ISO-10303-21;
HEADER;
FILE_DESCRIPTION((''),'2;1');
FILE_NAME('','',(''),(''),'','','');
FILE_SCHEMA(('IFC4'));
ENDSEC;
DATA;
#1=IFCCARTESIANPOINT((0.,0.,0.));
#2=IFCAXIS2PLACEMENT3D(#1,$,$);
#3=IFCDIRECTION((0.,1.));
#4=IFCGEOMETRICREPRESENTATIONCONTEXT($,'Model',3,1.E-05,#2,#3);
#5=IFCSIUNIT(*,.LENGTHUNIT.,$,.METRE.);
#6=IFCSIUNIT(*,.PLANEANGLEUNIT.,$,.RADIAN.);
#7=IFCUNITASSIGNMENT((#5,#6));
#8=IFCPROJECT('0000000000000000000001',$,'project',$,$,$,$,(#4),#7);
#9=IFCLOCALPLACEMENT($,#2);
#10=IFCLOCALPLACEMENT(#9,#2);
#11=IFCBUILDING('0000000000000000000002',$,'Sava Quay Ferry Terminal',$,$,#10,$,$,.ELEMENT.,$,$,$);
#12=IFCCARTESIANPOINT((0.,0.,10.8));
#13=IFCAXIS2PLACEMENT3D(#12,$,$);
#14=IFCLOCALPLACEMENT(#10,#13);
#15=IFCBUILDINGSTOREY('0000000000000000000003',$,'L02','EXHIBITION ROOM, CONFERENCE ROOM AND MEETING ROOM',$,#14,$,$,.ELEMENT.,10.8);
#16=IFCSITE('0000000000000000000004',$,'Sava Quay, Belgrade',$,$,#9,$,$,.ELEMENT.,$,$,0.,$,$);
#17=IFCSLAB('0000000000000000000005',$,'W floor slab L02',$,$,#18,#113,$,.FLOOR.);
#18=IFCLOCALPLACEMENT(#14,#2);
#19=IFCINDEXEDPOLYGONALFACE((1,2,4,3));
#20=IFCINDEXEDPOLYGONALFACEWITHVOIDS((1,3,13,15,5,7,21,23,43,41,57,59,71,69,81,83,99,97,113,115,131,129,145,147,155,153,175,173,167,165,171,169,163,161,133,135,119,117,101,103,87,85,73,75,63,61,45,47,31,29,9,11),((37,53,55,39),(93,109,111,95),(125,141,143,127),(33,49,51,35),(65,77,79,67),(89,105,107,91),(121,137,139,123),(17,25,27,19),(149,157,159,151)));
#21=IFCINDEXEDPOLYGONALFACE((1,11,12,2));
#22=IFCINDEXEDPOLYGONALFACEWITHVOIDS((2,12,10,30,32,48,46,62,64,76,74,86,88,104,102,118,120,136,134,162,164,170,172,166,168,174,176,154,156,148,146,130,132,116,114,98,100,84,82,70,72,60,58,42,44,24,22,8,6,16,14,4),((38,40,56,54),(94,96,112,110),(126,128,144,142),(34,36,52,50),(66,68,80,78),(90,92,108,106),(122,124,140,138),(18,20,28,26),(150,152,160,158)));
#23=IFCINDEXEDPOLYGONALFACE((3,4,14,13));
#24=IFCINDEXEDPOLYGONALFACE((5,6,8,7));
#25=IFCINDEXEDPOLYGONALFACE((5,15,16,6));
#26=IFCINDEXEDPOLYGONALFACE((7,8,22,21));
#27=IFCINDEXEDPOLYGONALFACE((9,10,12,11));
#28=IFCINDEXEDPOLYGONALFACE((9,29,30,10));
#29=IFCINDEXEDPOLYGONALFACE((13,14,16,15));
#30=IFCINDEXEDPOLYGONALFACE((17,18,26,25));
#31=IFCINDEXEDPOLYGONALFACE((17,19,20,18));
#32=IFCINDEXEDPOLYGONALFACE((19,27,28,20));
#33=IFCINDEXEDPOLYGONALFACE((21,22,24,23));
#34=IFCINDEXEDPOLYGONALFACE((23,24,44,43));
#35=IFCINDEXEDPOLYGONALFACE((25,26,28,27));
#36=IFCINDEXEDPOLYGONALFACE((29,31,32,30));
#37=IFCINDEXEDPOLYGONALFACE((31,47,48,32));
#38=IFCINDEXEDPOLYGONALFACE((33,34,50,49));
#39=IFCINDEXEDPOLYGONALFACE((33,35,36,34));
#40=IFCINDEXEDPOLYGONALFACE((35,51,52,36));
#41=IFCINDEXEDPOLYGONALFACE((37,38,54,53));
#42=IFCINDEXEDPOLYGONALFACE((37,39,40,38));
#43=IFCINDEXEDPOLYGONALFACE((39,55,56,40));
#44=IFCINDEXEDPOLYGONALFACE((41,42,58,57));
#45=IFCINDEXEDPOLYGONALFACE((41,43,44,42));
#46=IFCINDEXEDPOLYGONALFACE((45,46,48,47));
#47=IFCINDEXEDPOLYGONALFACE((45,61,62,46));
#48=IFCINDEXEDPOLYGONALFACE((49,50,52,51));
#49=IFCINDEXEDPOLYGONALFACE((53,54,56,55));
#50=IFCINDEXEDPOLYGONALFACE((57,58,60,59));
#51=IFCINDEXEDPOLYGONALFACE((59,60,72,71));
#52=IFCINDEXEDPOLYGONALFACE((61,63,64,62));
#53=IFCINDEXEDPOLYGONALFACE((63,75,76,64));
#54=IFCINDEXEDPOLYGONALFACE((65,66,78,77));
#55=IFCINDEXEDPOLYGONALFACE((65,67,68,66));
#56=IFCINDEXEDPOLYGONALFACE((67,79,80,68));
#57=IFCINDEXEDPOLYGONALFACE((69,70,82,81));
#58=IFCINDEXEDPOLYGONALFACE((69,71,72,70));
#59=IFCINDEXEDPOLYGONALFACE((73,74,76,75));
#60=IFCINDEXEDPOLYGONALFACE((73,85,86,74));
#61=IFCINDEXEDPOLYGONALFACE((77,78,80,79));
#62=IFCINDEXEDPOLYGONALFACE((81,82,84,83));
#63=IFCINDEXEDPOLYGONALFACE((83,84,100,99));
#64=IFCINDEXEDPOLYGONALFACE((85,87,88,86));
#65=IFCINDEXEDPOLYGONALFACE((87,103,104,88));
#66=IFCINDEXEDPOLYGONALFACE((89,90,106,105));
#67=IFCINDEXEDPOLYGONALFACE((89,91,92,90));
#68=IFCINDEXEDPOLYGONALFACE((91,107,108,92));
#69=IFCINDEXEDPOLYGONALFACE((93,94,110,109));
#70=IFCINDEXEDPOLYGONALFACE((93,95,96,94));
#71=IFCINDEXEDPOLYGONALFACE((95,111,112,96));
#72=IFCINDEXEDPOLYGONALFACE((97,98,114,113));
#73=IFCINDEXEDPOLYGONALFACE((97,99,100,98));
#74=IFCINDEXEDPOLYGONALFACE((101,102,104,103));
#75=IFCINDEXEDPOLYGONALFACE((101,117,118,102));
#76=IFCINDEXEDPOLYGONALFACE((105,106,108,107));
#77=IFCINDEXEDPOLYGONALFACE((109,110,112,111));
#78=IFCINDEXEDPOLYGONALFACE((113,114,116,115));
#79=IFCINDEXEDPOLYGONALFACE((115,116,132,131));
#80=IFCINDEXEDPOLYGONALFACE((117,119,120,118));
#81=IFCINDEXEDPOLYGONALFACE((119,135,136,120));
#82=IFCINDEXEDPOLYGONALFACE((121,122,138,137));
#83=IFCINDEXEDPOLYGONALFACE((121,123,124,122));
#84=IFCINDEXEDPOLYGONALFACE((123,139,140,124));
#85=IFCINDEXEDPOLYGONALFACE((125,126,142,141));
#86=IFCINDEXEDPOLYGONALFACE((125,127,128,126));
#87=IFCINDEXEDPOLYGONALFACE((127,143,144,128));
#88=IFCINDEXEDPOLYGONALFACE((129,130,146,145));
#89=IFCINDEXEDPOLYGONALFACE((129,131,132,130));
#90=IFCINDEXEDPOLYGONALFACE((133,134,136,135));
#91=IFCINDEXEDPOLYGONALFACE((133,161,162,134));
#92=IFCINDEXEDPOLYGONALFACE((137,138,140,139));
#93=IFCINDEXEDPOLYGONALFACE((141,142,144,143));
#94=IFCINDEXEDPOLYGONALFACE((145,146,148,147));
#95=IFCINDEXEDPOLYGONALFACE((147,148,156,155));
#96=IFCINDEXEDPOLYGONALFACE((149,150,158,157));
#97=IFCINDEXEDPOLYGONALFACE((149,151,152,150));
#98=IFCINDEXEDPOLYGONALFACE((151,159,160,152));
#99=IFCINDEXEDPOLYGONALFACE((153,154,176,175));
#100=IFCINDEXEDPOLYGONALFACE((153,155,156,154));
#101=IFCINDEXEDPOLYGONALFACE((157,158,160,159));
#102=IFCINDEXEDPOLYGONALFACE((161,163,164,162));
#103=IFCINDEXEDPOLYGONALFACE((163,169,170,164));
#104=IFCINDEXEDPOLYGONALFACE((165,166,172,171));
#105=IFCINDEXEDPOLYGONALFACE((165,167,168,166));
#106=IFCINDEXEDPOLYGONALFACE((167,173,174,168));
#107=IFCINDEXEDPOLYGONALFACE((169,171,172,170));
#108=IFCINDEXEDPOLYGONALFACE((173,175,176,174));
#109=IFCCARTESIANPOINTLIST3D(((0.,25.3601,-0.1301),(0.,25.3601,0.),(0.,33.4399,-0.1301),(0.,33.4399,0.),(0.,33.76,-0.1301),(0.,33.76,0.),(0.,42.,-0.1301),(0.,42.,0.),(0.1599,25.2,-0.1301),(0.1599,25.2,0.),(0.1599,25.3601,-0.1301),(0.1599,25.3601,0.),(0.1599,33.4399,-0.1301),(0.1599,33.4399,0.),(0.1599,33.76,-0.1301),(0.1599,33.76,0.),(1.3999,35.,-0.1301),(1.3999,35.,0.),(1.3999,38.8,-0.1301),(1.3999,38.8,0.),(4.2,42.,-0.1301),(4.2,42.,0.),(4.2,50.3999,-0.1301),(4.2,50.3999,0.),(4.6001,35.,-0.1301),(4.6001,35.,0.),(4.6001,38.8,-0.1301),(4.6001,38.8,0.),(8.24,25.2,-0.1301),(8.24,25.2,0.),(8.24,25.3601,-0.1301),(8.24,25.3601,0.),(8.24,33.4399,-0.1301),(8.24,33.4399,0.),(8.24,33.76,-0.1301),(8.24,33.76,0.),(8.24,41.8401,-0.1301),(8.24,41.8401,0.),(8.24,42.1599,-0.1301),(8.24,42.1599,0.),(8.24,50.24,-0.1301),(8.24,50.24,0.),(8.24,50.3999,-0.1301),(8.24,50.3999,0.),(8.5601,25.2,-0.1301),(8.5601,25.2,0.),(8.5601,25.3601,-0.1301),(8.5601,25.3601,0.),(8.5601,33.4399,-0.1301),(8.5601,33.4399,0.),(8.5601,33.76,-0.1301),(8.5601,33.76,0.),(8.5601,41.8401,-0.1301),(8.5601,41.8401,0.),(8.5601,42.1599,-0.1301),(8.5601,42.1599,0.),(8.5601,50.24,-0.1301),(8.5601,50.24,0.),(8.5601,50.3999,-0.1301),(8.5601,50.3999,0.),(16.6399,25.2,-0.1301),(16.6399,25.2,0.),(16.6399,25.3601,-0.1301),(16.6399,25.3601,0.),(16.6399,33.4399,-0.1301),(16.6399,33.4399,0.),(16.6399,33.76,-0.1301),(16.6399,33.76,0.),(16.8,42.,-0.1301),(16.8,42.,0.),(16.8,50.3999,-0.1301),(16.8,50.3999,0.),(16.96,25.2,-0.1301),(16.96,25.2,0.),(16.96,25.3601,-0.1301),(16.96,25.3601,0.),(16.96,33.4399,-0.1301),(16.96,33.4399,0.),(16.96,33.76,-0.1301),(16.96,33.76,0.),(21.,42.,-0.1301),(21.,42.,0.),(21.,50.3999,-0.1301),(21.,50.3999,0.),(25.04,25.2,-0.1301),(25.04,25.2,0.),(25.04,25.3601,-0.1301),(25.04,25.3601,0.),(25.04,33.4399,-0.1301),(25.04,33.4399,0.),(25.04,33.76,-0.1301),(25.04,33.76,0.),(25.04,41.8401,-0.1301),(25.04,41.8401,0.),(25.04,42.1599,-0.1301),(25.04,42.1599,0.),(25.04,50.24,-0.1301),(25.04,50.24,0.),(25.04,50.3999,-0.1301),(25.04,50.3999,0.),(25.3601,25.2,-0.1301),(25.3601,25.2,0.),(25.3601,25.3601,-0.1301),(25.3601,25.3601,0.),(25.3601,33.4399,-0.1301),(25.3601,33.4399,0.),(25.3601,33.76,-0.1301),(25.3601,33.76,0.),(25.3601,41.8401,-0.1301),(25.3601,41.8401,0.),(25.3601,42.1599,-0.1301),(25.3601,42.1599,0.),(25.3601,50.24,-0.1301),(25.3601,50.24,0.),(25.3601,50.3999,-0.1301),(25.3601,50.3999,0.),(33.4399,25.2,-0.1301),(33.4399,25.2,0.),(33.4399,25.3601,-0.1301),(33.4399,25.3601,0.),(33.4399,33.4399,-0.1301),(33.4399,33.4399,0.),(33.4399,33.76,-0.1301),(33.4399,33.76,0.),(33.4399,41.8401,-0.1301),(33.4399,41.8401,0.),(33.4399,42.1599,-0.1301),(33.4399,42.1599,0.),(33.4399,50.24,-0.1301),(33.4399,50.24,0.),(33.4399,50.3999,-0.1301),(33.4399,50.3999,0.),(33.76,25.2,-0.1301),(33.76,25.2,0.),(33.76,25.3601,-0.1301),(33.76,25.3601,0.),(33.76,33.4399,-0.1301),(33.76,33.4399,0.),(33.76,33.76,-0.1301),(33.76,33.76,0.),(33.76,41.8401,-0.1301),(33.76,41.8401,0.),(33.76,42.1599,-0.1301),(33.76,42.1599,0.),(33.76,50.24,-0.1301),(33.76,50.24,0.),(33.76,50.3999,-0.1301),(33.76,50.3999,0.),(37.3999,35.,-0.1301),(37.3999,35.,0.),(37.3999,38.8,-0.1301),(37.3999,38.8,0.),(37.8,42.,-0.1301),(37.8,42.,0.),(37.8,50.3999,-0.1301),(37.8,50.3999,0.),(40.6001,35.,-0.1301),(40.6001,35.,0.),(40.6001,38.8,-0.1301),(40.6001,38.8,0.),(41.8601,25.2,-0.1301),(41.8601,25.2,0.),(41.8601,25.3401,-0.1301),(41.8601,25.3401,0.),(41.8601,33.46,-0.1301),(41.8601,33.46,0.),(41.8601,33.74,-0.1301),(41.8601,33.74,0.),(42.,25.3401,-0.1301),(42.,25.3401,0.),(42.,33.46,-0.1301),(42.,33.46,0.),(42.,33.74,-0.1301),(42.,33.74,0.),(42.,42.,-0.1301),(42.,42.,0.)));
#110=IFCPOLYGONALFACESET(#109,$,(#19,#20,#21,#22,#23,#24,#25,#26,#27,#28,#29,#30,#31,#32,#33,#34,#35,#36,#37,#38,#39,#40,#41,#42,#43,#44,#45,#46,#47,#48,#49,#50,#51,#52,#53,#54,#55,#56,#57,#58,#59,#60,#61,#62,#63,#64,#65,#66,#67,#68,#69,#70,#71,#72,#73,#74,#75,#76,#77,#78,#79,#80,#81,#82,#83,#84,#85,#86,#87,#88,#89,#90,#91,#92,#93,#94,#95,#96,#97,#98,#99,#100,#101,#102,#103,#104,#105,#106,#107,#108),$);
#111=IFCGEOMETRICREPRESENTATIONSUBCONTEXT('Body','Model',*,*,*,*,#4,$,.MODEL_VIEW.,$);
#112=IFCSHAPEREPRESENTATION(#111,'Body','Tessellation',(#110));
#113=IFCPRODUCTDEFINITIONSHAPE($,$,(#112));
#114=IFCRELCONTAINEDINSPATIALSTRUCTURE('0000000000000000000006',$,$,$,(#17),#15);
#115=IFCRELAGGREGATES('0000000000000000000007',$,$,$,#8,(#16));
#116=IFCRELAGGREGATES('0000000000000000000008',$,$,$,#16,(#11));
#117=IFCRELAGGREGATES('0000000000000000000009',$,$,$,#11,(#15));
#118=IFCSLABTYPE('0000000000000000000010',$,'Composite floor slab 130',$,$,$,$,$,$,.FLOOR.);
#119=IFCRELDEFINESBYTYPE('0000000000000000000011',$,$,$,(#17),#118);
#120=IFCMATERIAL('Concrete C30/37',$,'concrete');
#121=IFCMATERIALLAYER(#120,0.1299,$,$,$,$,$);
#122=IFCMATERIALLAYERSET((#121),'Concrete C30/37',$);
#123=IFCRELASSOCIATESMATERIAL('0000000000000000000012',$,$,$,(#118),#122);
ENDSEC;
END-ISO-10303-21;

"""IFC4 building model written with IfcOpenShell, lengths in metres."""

from ifc_helpers import new_model, si_unit, direction, frame, origin, place, context, subcontext, project, spatial, polyline, outline, extrude, material, layer, layer_set, type_object, element, save


model = new_model("IFC4")

# Units and contexts
model_context = context("Model", 3, precision=1e-05, world=origin(), true_north=direction((0.0, 1.0)))
body_context = subcontext(model_context, "Body", "Model", "MODEL_VIEW")
ifc_project = project(units=[si_unit("LENGTHUNIT", "METRE"), si_unit("PLANEANGLEUNIT", "RADIAN")], contexts=[model_context])

# Site, building, storey
site_placement = place(None, origin())
site = spatial("IfcSite", under=ifc_project, at=site_placement, Name="Sava Quay, Belgrade", CompositionType="ELEMENT", RefElevation=0.0)
building_placement = place(site_placement, origin())
building = spatial("IfcBuilding", under=site, at=building_placement, Name="Sava Quay Ferry Terminal", CompositionType="ELEMENT")
storey_placement = place(building_placement, frame((0.0, 0.0, 10.8)))
storey = spatial("IfcBuildingStorey", under=building, at=storey_placement, Name="L02", Description="EXHIBITION ROOM, CONFERENCE ROOM AND MEETING ROOM", CompositionType="ELEMENT", Elevation=10.8)

# Slab
ifc_material_1 = material(Name="Concrete C30/37", Category="concrete")
ifc_layer_1 = layer(ifc_material_1, 0.1299)
ifc_layer_set_1 = layer_set([ifc_layer_1], Name="Concrete C30/37")
slab_type_1 = type_object("IfcSlabType", Name="Composite floor slab 130", PredefinedType="FLOOR", material=ifc_layer_set_1)
slab_1_placement = place(storey_placement, frame((0.0, 0.0, -0.1301)))
element("IfcSlab", 1, at=slab_1_placement, inside=storey, type_object=slab_type_1, Name="W floor slab L02", PredefinedType="FLOOR", context=body_context, shape_type="SweptSolid", body=[
    extrude(outline(polyline([(41.8601, 25.3401), (41.8601, 25.2), (33.76, 25.2), (33.76, 25.3601), (33.4399, 25.3601), (33.4399, 25.2), (25.3601, 25.2), (25.3601, 25.3601), (25.04, 25.3601), (25.04, 25.2), (16.96, 25.2), (16.96, 25.3601), (16.6399, 25.3601), (16.6399, 25.2), (8.5601, 25.2), (8.5601, 25.3601), (8.24, 25.3601), (8.24, 25.2), (0.1599, 25.2), (0.1599, 25.3601), (0.0, 25.3601), (0.0, 33.4399), (0.1599, 33.4399), (0.1599, 33.76), (0.0, 33.76), (0.0, 42.0), (4.2, 42.0), (4.2, 50.3999), (8.24, 50.3999), (8.24, 50.24), (8.5601, 50.24), (8.5601, 50.3999), (16.8, 50.3999), (16.8, 42.0), (21.0, 42.0), (21.0, 50.3999), (25.04, 50.3999), (25.04, 50.24), (25.3601, 50.24), (25.3601, 50.3999), (33.4399, 50.3999), (33.4399, 50.24), (33.76, 50.24), (33.76, 50.3999), (37.8, 50.3999), (37.8, 42.0), (42.0, 42.0), (42.0, 33.74), (41.8601, 33.74), (41.8601, 33.46), (42.0, 33.46), (42.0, 25.3401), (41.8601, 25.3401)]), holes=[polyline([(25.3601, 33.4399), (25.3601, 33.76), (25.04, 33.76), (25.04, 33.4399), (25.3601, 33.4399)]), polyline([(33.4399, 33.4399), (33.76, 33.4399), (33.76, 33.76), (33.4399, 33.76), (33.4399, 33.4399)]), polyline([(16.6399, 33.4399), (16.96, 33.4399), (16.96, 33.76), (16.6399, 33.76), (16.6399, 33.4399)]), polyline([(8.24, 33.4399), (8.5601, 33.4399), (8.5601, 33.76), (8.24, 33.76), (8.24, 33.4399)]), polyline([(40.6001, 35.0), (40.6001, 38.8), (37.3999, 38.8), (37.3999, 35.0), (40.6001, 35.0)]), polyline([(1.3999, 35.0), (4.6001, 35.0), (4.6001, 38.8), (1.3999, 38.8), (1.3999, 35.0)]), polyline([(25.04, 41.8401), (25.3601, 41.8401), (25.3601, 42.1599), (25.04, 42.1599), (25.04, 41.8401)]), polyline([(8.5601, 41.8401), (8.5601, 42.1599), (8.24, 42.1599), (8.24, 41.8401), (8.5601, 41.8401)]), polyline([(33.4399, 41.8401), (33.76, 41.8401), (33.76, 42.1599), (33.4399, 42.1599), (33.4399, 41.8401)])]), origin(), (0.0, 0.0, 1.0), 0.1301),
])

save(model, "model.ifc")
